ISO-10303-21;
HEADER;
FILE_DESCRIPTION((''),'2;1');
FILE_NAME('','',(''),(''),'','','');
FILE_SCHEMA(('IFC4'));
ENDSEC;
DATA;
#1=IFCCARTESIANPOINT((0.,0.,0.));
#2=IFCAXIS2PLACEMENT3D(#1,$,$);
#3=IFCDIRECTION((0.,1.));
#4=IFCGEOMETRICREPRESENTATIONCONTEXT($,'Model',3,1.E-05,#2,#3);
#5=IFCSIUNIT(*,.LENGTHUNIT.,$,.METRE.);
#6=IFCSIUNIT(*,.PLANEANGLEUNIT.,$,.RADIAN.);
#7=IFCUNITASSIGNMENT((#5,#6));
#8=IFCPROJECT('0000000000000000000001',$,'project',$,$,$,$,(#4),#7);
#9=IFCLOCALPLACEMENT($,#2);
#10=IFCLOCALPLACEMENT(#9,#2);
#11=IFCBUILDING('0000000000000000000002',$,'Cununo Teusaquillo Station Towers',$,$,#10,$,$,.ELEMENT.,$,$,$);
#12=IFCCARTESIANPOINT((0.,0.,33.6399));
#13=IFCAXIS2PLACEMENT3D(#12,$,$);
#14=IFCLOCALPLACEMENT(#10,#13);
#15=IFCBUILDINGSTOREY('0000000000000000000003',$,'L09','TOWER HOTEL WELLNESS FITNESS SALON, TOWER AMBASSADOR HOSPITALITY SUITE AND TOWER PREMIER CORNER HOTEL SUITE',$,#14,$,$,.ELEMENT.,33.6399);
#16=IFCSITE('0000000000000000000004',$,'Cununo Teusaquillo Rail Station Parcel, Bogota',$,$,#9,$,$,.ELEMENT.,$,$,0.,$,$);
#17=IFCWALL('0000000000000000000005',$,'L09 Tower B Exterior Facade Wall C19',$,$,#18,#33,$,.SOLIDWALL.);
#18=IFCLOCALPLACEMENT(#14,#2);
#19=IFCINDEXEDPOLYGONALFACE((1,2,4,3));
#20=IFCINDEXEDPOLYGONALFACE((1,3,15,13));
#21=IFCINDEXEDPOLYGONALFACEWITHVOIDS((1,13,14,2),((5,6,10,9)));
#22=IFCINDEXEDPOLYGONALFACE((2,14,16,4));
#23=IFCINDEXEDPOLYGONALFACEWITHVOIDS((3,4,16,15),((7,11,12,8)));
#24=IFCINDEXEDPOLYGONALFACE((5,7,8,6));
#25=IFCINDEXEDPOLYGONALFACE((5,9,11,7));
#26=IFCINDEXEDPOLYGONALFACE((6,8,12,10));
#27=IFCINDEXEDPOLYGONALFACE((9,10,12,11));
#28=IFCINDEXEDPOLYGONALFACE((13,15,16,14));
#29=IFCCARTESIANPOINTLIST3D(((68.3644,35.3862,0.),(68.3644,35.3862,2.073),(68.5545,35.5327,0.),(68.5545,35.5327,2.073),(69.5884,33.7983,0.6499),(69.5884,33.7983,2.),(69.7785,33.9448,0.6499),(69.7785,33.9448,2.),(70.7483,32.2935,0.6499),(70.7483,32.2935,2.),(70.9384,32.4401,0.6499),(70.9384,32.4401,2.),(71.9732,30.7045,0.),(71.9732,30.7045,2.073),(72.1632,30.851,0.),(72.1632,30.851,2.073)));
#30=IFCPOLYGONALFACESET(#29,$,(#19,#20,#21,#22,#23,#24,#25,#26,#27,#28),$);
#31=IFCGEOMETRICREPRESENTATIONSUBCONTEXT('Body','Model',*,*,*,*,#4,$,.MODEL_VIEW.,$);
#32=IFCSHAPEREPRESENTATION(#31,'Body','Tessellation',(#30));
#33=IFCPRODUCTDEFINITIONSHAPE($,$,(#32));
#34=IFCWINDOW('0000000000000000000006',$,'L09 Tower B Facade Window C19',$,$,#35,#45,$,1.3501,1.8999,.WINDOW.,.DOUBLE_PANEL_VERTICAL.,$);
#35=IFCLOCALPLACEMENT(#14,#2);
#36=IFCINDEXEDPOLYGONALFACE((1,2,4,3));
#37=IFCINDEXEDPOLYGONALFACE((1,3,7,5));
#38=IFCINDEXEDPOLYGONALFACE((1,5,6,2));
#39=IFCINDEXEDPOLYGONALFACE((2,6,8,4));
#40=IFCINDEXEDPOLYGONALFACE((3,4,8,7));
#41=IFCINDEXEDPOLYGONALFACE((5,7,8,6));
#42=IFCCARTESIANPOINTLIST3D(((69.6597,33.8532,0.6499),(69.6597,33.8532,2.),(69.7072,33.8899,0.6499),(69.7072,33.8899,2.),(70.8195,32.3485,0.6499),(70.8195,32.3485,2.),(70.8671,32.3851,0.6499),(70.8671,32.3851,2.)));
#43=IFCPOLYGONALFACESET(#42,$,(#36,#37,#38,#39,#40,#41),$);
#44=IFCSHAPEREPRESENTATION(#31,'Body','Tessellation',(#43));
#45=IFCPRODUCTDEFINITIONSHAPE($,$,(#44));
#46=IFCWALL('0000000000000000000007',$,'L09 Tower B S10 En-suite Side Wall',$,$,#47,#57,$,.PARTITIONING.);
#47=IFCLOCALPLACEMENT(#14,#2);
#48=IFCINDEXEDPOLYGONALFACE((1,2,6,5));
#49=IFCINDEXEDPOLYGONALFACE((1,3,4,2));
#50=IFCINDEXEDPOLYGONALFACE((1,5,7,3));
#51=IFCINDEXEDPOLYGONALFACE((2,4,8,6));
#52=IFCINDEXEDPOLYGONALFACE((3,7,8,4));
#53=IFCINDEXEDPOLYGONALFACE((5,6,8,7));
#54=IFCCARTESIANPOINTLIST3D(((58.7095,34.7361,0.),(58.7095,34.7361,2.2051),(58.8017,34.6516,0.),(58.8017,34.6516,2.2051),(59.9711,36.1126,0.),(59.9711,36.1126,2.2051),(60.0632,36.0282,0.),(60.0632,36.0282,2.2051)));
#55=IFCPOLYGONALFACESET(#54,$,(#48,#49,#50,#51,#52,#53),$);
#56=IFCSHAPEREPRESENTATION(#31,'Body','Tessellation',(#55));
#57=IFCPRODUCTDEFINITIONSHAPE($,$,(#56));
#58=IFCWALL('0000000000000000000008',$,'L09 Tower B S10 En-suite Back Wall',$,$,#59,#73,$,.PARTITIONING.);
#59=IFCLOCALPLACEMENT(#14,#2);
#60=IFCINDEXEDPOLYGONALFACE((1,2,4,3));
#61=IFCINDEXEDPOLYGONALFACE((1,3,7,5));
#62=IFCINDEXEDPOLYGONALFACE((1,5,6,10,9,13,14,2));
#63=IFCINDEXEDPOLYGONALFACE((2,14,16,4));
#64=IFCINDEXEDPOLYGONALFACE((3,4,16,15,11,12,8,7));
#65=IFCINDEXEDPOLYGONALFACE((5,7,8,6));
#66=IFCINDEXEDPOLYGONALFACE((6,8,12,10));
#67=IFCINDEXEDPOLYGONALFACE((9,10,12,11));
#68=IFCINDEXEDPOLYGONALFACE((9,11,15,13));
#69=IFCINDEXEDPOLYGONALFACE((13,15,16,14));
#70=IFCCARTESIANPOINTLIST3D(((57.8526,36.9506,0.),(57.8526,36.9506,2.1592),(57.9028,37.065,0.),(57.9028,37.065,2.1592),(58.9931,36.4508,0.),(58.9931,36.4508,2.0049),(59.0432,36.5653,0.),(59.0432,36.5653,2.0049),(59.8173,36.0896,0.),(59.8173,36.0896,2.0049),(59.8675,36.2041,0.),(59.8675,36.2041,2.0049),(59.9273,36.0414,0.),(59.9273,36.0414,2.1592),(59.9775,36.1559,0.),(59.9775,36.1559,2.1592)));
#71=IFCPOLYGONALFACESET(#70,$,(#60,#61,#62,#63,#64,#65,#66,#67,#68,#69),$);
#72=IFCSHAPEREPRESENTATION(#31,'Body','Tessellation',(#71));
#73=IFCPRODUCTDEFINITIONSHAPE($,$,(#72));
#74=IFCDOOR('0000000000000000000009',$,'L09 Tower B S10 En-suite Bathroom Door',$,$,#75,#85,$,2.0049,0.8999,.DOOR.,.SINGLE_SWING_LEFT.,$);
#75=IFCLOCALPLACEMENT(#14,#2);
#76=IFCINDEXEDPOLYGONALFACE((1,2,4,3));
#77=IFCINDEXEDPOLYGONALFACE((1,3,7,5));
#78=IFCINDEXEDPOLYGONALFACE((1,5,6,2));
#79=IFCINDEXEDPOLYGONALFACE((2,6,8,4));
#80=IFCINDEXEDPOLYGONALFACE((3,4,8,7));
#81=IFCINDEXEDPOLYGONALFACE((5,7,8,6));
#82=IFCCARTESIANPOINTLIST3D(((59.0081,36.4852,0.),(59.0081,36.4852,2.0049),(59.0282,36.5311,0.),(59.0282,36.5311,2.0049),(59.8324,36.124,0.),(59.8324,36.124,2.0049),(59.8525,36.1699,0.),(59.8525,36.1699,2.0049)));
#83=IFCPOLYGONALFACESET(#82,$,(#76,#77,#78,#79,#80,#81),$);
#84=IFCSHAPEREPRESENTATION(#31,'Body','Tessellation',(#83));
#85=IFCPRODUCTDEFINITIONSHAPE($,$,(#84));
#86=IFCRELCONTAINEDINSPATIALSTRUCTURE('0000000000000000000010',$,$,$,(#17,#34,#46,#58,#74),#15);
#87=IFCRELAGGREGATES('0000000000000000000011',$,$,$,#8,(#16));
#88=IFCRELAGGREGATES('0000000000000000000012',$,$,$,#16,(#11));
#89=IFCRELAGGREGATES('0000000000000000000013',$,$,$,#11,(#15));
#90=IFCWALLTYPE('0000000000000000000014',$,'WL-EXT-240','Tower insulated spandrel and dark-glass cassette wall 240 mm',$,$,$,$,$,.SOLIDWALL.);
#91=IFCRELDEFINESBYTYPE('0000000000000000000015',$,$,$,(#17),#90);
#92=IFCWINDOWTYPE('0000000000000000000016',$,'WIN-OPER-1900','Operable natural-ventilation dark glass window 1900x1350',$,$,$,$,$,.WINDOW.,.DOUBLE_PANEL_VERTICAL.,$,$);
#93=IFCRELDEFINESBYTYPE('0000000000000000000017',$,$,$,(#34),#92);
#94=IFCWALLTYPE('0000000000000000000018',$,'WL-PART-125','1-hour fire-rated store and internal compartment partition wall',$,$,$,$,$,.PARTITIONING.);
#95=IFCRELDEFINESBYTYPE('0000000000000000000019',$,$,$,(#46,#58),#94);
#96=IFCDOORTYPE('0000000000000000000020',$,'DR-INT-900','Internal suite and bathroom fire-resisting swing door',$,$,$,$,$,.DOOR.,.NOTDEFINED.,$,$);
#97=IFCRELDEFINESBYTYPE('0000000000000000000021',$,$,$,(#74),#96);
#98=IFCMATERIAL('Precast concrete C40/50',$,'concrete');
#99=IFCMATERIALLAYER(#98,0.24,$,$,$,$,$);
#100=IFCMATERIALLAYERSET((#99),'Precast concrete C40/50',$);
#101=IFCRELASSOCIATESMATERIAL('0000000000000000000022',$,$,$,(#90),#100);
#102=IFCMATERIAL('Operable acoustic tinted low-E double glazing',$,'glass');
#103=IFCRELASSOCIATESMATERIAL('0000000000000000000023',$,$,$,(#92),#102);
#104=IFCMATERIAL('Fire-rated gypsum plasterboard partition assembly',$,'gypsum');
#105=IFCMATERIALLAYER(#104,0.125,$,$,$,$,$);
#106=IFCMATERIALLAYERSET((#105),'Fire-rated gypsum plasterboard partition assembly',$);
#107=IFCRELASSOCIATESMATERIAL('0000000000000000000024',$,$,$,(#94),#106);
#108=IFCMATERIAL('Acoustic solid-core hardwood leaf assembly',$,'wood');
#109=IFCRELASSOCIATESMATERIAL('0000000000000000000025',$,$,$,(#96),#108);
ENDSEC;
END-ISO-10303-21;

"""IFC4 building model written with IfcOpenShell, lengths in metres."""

from ifc_helpers import new_model, si_unit, direction, frame, frame_2d, origin, place, context, subcontext, project, spatial, rectangle, extrude, source, transform, mapped, material, layer, layer_set, type_object, element, fill, save


model = new_model("IFC4")

# Units and contexts
model_context = context("Model", 3, precision=1e-05, world=origin(), true_north=direction((0.0, 1.0)))
body_context = subcontext(model_context, "Body", "Model", "MODEL_VIEW")
ifc_project = project(units=[si_unit("LENGTHUNIT", "METRE"), si_unit("PLANEANGLEUNIT", "RADIAN")], contexts=[model_context])

# Site, building, storey
site_placement = place(None, origin())
site = spatial("IfcSite", under=ifc_project, at=site_placement, Name="Cununo Teusaquillo Rail Station Parcel, Bogota", CompositionType="ELEMENT", RefElevation=0.0)
building_placement = place(site_placement, origin())
building = spatial("IfcBuilding", under=site, at=building_placement, Name="Cununo Teusaquillo Station Towers", CompositionType="ELEMENT")
storey_placement = place(building_placement, frame((0.0, 0.0, 33.6399)))
storey = spatial("IfcBuildingStorey", under=building, at=storey_placement, Name="L09", Description="TOWER HOTEL WELLNESS FITNESS SALON, TOWER AMBASSADOR HOSPITALITY SUITE AND TOWER PREMIER CORNER HOTEL SUITE", CompositionType="ELEMENT", Elevation=33.6399)

# Shared definitions
ifc_material_1 = material(Name="Precast concrete C40/50", Category="concrete")
ifc_layer_1 = layer(ifc_material_1, 0.24)
ifc_layer_set_1 = layer_set([ifc_layer_1], Name="Precast concrete C40/50")
wall_type_1 = type_object("IfcWallType", Name="WL-EXT-240", Description="Tower insulated spandrel and dark-glass cassette wall 240 mm", PredefinedType="SOLIDWALL", material=ifc_layer_set_1)

# Wall, opening, window
wall_1_placement = place(storey_placement, frame((68.4595, 35.4595, 0.0), z_axis=(0.0, 0.0, 1.0), x_axis=(0.610495, -0.79202, 0.0)))
wall_1 = element("IfcWall", 1, at=wall_1_placement, inside=storey, type_object=wall_type_1, Name="L09 Tower B Exterior Facade Wall C19", PredefinedType="SOLIDWALL", context=body_context, shape_type="SweptSolid", body=[
    extrude(rectangle(XDim=5.9111, YDim=0.24, at=frame_2d((2.9556, 0.0))), origin(), (0.0, 0.0, 1.0), 2.073),
])
shared_shape_1 = source(origin(), body_context, "Body", "SweptSolid", [
    extrude(rectangle(XDim=1.8999, YDim=1.3501, at=frame_2d((0.95, 0.675))), frame((0.0, 0.1299, 0.0), z_axis=(0.0, -1.0, 0.0), x_axis=(1.0, 0.0, 0.0)), (0.0, 0.0, 1.0), 0.26),
])
opening_1_placement = place(wall_1_placement, frame((2.0049, 0.0, 0.6499)))
opening_1 = element("IfcOpeningElement", 2, at=opening_1_placement, cuts=wall_1, PredefinedType="OPENING", context=body_context, shape_type="MappedRepresentation", body=[
    mapped(shared_shape_1, transform((0.0, 0.0, 0.0), x_axis=(1.0, 0.0, 0.0), y_axis=(0.0, 1.0, 0.0), z_axis=(0.0, 0.0, 1.0), scale=1.0)),
])
ifc_material_2 = material(Name="Operable acoustic tinted low-E double glazing", Category="glass")
window_type = type_object("IfcWindowType", Name="WIN-OPER-1900", Description="Operable natural-ventilation dark glass window 1900x1350", PartitioningType="DOUBLE_PANEL_VERTICAL", PredefinedType="WINDOW", material=ifc_material_2)
shared_shape_2 = source(origin(), body_context, "Body", "SweptSolid", [
    extrude(rectangle(XDim=1.8999, YDim=1.3501, at=frame_2d((0.95, 0.675))), frame((0.0, 0.03, 0.0), z_axis=(0.0, -1.0, 0.0), x_axis=(1.0, 0.0, 0.0)), (0.0, 0.0, 1.0), 0.0601),
])
window_placement = place(opening_1_placement, origin())
window = element("IfcWindow", 3, at=window_placement, inside=storey, type_object=window_type, Name="L09 Tower B Facade Window C19", OverallHeight=1.3501, OverallWidth=1.8999, PartitioningType="DOUBLE_PANEL_VERTICAL", PredefinedType="WINDOW", context=body_context, shape_type="MappedRepresentation", body=[
    mapped(shared_shape_2, transform((0.0, 0.0, 0.0), x_axis=(1.0, 0.0, 0.0), y_axis=(0.0, 1.0, 0.0), z_axis=(0.0, 0.0, 1.0), scale=1.0)),
])
fill(opening_1, window)

# Wall
ifc_material_3 = material(Name="Fire-rated gypsum plasterboard partition assembly", Category="gypsum")
ifc_layer_2 = layer(ifc_material_3, 0.125)
ifc_layer_set_2 = layer_set([ifc_layer_2], Name="Fire-rated gypsum plasterboard partition assembly")
wall_type_2 = type_object("IfcWallType", Name="WL-PART-125", Description="1-hour fire-rated store and internal compartment partition wall", PredefinedType="PARTITIONING", material=ifc_layer_set_2)
wall_2_placement = place(storey_placement, frame((58.7556, 34.6938, 0.0), z_axis=(0.0, 0.0, 1.0), x_axis=(0.675642, 0.73723, 0.0)))
element("IfcWall", 4, at=wall_2_placement, inside=storey, type_object=wall_type_2, Name="L09 Tower B S10 En-suite Side Wall", PredefinedType="PARTITIONING", context=body_context, shape_type="SweptSolid", body=[
    extrude(rectangle(XDim=1.8672, YDim=0.125, at=frame_2d((0.9336, 0.0))), origin(), (0.0, 0.0, 1.0), 2.2051),
])

# Wall, opening, door
wall_3_placement = place(storey_placement, frame((59.9524, 36.0986, 0.0), z_axis=(0.0, 0.0, 1.0), x_axis=(-0.915915, 0.401373, 0.0)))
wall_3 = element("IfcWall", 5, at=wall_3_placement, inside=storey, type_object=wall_type_2, Name="L09 Tower B S10 En-suite Back Wall", PredefinedType="PARTITIONING", context=body_context, shape_type="SweptSolid", body=[
    extrude(rectangle(XDim=2.2651, YDim=0.125, at=frame_2d((1.1326, 0.0))), origin(), (0.0, 0.0, 1.0), 2.1592),
])
shared_shape_3 = source(origin(), body_context, "Body", "SweptSolid", [
    extrude(rectangle(XDim=0.8999, YDim=2.0049, at=frame_2d((0.45, 1.0024))), frame((0.0, 0.0725, 0.0), z_axis=(0.0, -1.0, 0.0), x_axis=(1.0, 0.0, 0.0)), (0.0, 0.0, 1.0), 0.145),
])
opening_2_placement = place(wall_3_placement, frame((0.1201, 0.0, 0.0)))
opening_2 = element("IfcOpeningElement", 6, at=opening_2_placement, cuts=wall_3, PredefinedType="OPENING", context=body_context, shape_type="MappedRepresentation", body=[
    mapped(shared_shape_3, transform((0.0, 0.0, 0.0), x_axis=(1.0, 0.0, 0.0), y_axis=(0.0, 1.0, 0.0), z_axis=(0.0, 0.0, 1.0), scale=1.0)),
])
ifc_material_4 = material(Name="Acoustic solid-core hardwood leaf assembly", Category="wood")
door_type = type_object("IfcDoorType", Name="DR-INT-900", Description="Internal suite and bathroom fire-resisting swing door", OperationType="NOTDEFINED", PredefinedType="DOOR", material=ifc_material_4)
shared_shape_4 = source(origin(), body_context, "Body", "SweptSolid", [
    extrude(rectangle(XDim=0.8999, YDim=2.0049, at=frame_2d((0.45, 1.0024))), frame((0.0, 0.0249, 0.0), z_axis=(0.0, -1.0, 0.0), x_axis=(1.0, 0.0, 0.0)), (0.0, 0.0, 1.0), 0.05),
])
door_placement = place(opening_2_placement, origin())
door = element("IfcDoor", 7, at=door_placement, inside=storey, type_object=door_type, Name="L09 Tower B S10 En-suite Bathroom Door", OperationType="SINGLE_SWING_LEFT", OverallHeight=2.0049, OverallWidth=0.8999, PredefinedType="DOOR", context=body_context, shape_type="MappedRepresentation", body=[
    mapped(shared_shape_4, transform((0.0, 0.0, 0.0), x_axis=(1.0, 0.0, 0.0), y_axis=(0.0, 1.0, 0.0), z_axis=(0.0, 0.0, 1.0), scale=1.0)),
])
fill(opening_2, door)

save(model, "model.ifc")
